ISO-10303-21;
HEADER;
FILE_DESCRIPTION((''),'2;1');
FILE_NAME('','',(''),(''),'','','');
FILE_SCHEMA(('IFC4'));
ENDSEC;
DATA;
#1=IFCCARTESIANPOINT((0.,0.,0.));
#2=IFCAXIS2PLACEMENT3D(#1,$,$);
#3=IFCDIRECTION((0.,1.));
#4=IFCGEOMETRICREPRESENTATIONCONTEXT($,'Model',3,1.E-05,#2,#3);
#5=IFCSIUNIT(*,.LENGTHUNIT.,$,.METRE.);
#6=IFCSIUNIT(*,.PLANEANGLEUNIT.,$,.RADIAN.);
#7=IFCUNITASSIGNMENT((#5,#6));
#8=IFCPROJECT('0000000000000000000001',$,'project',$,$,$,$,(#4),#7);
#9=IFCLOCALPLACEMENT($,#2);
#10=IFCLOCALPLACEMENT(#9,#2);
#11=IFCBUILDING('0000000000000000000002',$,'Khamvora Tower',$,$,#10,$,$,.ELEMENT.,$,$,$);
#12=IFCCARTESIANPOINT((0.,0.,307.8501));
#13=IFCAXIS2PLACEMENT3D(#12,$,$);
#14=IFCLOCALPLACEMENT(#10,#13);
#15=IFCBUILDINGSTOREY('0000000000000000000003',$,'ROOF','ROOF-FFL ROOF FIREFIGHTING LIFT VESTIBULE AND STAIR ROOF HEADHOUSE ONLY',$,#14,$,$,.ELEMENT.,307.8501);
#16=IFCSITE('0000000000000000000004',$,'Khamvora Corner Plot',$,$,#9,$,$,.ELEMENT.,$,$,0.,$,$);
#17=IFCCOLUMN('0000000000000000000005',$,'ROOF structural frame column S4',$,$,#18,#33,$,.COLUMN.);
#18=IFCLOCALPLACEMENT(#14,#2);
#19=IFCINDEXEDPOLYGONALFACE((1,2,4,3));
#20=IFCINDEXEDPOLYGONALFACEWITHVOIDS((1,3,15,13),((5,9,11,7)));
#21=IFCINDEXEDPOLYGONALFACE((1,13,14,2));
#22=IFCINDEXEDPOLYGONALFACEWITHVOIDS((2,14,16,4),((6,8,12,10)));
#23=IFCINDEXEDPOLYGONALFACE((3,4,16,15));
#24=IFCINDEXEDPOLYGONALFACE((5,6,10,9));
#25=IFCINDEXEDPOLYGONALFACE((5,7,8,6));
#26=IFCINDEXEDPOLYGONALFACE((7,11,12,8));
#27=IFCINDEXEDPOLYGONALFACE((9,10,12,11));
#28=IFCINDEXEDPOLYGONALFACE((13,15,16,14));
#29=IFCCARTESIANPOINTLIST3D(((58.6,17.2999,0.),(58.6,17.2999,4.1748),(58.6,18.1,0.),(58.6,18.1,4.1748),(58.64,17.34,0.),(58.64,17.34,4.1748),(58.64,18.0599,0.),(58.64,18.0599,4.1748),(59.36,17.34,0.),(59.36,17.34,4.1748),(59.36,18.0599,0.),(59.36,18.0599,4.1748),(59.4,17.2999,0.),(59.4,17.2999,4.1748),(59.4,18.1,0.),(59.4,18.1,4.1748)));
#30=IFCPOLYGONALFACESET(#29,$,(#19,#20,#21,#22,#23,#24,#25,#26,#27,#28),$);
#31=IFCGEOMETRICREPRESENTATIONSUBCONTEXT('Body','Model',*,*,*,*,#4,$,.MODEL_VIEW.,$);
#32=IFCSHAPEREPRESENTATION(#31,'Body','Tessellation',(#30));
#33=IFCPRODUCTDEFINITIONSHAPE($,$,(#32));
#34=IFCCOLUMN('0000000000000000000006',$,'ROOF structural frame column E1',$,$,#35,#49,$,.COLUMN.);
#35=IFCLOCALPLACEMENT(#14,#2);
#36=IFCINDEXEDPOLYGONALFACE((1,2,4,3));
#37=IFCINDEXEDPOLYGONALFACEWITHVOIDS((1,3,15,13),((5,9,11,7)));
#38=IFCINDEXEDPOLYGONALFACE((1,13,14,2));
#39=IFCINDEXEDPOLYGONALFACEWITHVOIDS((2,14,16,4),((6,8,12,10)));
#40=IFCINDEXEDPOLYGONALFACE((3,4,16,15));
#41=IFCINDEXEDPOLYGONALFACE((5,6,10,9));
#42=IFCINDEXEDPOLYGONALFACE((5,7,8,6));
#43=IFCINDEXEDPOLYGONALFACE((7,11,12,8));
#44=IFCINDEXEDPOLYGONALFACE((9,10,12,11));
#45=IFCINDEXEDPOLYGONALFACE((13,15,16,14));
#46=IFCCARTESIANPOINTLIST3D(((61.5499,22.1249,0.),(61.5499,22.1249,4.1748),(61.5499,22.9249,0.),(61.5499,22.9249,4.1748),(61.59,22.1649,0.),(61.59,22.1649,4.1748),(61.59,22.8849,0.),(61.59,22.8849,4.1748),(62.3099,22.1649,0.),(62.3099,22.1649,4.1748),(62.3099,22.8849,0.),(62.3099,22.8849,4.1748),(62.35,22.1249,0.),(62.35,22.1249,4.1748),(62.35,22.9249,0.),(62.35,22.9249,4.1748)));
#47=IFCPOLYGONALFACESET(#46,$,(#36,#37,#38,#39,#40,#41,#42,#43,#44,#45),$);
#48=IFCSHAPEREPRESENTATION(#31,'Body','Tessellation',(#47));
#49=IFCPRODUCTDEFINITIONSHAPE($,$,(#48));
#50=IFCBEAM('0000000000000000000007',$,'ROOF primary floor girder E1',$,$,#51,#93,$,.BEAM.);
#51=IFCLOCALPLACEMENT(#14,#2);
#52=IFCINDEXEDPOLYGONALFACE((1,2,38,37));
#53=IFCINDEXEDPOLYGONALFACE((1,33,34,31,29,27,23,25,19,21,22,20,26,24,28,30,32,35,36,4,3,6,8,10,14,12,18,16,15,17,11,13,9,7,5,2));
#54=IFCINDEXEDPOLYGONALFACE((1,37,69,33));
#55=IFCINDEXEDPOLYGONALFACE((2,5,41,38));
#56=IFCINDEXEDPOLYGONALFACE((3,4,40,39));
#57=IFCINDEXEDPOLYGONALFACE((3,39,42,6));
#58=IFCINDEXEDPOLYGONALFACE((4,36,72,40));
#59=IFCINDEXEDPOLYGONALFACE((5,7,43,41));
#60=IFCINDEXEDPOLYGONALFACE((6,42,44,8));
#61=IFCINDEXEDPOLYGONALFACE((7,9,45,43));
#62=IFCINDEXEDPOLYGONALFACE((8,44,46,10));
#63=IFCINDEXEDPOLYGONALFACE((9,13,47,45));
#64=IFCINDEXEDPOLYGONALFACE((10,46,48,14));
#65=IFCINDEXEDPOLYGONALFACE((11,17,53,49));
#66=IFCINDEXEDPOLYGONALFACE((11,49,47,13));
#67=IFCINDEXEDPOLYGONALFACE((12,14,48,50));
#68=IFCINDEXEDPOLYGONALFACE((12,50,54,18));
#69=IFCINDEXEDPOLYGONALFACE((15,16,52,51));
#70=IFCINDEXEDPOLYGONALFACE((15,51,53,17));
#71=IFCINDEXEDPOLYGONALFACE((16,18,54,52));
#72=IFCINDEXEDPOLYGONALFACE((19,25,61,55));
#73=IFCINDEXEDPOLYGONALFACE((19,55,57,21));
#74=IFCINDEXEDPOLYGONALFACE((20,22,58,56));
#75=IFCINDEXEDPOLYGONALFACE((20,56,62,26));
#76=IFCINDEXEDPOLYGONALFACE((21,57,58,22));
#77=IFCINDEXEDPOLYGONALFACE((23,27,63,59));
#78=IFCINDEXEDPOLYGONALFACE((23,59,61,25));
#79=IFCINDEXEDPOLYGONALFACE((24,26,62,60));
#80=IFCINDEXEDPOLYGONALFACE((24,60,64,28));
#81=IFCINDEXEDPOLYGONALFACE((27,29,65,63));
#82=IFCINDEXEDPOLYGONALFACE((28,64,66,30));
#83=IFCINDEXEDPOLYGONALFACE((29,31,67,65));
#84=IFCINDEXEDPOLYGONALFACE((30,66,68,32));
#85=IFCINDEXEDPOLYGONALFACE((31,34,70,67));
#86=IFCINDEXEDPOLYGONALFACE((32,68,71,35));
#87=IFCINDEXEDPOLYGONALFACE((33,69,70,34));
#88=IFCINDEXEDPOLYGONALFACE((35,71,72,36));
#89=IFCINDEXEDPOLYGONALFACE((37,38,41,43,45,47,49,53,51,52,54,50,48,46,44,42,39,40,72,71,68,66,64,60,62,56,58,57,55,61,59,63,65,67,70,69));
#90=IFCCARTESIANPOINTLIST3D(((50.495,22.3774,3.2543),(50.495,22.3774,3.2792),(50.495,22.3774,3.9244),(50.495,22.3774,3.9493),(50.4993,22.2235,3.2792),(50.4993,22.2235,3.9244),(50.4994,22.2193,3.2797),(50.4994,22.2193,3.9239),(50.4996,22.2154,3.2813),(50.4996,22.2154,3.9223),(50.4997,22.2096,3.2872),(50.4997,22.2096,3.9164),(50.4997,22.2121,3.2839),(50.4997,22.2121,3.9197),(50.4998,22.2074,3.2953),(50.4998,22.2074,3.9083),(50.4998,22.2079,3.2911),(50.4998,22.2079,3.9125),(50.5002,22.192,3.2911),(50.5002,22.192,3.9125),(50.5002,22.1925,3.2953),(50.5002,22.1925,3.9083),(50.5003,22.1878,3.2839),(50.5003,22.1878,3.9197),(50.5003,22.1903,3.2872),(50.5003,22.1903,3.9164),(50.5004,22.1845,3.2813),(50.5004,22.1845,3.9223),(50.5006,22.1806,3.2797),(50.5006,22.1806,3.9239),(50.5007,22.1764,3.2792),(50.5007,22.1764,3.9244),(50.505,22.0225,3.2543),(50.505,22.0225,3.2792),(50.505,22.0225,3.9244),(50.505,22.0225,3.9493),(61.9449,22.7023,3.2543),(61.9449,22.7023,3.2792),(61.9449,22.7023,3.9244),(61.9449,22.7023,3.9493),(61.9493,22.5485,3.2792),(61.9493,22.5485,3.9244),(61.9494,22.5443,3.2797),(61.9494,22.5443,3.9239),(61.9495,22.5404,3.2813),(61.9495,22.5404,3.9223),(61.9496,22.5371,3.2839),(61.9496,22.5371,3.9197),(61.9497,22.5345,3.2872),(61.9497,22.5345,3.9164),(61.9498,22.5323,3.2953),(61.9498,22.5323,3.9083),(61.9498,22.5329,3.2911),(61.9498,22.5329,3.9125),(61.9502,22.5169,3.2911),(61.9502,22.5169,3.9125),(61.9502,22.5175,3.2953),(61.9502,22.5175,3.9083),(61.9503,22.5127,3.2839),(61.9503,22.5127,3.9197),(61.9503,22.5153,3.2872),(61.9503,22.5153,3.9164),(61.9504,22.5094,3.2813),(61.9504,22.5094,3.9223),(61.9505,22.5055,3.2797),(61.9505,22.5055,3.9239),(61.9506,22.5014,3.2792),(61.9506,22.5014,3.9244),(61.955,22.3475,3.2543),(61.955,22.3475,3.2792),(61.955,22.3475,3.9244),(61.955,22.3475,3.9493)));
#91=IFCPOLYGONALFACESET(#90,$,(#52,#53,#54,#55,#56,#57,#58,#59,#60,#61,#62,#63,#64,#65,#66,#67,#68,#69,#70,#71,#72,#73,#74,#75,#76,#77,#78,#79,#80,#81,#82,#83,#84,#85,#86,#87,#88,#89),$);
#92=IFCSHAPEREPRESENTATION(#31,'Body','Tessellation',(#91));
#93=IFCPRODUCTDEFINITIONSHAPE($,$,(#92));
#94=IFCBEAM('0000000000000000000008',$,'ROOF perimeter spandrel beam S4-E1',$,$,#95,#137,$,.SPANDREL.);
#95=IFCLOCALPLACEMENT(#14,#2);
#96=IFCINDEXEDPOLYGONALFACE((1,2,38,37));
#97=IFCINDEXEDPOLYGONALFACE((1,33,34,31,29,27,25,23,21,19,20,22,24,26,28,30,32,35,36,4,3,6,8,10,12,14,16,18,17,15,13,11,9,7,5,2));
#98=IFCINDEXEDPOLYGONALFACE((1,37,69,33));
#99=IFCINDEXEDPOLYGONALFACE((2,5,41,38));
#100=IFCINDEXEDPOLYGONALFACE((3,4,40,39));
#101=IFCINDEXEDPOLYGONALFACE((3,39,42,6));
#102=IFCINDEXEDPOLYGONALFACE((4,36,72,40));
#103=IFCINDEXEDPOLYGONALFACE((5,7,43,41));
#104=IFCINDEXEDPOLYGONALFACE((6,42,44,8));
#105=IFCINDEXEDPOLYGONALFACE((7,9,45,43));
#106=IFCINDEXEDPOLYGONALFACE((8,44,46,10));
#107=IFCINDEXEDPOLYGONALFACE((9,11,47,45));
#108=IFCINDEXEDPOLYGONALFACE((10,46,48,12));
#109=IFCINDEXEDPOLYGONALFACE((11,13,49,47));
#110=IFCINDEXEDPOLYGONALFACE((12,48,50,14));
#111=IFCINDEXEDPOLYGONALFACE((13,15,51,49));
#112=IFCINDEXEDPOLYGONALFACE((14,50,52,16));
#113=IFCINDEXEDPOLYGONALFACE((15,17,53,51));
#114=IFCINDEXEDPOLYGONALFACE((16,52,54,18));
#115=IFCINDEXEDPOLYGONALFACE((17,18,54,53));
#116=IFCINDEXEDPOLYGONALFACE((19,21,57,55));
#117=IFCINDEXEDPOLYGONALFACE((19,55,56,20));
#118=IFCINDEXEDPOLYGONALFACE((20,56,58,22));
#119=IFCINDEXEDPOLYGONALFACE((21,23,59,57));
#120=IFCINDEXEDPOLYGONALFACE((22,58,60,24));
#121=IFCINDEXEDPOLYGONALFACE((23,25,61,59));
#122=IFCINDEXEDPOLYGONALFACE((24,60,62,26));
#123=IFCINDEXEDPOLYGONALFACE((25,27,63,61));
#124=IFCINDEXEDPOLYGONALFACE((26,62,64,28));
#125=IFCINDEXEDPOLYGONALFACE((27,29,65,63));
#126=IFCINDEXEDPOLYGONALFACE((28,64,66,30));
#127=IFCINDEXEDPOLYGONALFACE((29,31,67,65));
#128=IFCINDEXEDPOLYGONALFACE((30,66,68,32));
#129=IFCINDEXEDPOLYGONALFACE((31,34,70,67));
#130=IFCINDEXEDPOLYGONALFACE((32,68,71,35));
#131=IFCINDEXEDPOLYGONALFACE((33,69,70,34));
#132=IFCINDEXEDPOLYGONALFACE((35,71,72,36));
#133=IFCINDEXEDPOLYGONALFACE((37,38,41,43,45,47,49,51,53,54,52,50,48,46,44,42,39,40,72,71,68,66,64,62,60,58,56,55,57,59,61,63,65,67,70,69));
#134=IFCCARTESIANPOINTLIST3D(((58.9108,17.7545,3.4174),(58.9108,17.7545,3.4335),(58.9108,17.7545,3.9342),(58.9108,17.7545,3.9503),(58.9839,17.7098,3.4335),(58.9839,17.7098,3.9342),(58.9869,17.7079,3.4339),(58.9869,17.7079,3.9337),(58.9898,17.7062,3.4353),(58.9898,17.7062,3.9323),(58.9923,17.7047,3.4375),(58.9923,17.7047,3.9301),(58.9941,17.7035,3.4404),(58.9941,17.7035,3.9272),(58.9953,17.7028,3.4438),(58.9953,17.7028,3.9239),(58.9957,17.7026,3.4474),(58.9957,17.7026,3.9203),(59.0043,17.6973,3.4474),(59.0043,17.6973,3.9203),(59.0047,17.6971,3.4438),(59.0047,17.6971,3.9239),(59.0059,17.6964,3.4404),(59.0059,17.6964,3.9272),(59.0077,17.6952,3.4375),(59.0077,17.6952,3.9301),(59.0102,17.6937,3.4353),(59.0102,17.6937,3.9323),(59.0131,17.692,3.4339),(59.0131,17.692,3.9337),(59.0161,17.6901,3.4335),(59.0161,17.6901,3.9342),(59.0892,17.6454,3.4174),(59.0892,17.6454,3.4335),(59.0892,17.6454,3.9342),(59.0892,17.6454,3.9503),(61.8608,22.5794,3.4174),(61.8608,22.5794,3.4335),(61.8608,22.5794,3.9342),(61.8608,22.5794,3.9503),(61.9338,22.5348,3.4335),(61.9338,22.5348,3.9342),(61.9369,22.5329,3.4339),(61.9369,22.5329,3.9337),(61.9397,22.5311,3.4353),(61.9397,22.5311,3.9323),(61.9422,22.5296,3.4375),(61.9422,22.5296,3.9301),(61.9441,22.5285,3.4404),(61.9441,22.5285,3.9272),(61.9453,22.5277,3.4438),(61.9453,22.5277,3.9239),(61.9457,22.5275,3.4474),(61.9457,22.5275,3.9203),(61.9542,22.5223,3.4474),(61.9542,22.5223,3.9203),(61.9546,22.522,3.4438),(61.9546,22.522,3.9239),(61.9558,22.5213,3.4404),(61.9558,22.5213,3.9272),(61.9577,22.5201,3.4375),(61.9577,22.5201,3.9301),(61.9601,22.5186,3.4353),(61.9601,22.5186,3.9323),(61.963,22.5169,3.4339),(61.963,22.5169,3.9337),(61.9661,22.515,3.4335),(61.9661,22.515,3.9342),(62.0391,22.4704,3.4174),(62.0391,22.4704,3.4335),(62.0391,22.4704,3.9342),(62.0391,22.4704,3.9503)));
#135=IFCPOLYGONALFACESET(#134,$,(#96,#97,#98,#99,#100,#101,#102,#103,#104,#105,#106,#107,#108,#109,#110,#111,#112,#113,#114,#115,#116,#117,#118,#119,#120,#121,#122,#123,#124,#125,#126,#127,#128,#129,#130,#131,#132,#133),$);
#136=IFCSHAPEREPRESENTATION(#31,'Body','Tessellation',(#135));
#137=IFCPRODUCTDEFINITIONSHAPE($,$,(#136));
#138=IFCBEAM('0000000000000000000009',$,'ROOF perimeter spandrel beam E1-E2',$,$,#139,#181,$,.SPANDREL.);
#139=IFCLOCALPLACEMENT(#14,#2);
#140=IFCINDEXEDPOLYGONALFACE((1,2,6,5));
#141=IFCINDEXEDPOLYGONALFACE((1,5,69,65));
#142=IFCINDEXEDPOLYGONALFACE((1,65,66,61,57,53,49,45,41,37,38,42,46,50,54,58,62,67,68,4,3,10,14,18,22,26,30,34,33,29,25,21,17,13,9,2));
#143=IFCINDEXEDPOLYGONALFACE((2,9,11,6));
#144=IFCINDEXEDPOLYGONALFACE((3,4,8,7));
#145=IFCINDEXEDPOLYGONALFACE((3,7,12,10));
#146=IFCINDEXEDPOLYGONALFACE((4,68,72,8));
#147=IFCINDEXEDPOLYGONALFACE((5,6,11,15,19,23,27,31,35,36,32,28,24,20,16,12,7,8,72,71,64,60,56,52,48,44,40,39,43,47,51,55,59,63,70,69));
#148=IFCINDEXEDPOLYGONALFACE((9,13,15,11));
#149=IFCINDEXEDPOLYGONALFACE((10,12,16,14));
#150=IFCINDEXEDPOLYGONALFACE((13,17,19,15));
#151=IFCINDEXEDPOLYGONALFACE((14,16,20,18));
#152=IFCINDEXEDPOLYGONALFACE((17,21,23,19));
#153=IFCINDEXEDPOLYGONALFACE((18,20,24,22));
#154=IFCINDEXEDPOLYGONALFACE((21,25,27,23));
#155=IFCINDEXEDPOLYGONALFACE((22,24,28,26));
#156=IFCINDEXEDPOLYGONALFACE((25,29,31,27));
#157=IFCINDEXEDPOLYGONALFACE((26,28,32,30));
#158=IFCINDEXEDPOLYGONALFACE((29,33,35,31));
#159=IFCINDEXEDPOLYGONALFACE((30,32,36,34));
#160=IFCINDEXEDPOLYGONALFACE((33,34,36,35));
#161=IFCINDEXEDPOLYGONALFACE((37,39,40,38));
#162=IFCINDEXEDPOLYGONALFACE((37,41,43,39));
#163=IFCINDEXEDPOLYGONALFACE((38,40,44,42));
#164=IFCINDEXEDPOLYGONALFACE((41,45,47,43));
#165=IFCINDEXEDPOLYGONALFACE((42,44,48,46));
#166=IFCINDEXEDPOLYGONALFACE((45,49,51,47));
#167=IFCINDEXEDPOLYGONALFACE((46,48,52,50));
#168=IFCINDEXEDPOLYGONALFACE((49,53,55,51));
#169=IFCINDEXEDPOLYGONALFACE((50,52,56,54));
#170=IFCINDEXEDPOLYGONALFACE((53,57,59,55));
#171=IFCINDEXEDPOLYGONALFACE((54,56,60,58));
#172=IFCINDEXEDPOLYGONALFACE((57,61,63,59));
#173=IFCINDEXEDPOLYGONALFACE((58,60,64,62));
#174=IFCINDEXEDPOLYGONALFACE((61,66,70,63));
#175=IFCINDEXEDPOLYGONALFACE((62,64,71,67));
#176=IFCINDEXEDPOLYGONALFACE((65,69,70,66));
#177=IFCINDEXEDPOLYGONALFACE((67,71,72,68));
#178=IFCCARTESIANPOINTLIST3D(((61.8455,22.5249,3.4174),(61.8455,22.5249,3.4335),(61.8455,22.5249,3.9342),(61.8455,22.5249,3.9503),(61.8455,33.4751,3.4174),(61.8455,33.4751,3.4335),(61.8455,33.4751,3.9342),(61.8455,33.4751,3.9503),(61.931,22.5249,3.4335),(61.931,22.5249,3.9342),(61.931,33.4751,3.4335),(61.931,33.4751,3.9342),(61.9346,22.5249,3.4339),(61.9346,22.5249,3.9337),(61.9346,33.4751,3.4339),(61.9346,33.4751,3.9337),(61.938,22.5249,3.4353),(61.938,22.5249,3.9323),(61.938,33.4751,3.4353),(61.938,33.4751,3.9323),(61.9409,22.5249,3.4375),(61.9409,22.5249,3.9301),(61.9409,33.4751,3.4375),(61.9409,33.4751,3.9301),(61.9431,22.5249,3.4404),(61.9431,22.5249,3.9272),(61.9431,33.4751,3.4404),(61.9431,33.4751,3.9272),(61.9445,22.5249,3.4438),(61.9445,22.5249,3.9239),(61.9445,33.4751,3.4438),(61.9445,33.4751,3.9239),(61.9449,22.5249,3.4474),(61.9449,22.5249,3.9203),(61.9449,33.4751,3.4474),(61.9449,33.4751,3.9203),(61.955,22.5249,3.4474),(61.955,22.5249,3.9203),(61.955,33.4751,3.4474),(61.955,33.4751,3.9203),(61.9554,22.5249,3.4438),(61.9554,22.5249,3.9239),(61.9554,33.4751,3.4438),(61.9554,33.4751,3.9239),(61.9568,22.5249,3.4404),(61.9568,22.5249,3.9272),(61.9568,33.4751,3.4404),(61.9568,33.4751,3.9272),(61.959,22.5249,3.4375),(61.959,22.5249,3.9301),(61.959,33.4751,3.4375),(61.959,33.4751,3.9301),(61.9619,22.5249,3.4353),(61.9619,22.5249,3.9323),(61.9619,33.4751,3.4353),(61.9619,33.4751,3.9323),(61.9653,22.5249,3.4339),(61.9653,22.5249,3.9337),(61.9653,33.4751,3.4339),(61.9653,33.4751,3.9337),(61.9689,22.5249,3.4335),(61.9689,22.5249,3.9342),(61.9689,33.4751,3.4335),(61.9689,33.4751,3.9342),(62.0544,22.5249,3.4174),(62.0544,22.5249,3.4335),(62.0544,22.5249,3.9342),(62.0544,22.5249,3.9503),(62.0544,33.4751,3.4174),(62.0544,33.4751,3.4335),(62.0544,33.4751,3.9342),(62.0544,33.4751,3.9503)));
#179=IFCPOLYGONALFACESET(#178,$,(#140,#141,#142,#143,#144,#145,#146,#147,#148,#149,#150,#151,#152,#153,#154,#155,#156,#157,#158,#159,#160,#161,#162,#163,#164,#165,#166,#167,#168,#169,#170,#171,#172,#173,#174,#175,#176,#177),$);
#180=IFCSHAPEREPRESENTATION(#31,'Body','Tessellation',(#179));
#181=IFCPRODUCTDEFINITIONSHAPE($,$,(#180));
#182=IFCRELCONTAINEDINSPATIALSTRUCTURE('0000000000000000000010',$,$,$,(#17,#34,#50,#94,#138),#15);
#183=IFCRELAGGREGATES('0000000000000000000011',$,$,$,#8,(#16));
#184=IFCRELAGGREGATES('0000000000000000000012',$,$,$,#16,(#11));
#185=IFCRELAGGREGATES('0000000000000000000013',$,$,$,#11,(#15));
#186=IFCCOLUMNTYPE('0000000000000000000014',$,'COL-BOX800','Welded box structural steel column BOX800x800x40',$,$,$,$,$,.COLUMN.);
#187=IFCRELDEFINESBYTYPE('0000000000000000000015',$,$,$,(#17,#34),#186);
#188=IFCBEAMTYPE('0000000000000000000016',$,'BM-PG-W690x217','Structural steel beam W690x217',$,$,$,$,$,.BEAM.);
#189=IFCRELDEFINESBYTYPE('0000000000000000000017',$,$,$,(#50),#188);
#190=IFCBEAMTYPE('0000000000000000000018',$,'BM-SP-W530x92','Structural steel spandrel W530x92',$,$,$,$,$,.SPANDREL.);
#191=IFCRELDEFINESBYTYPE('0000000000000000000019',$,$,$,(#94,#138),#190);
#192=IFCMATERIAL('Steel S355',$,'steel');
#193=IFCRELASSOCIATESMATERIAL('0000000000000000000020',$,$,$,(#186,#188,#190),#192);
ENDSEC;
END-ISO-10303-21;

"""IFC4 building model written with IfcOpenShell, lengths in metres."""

from ifc_helpers import new_model, si_unit, direction, frame, origin, origin_2d, place, context, subcontext, project, spatial, hollow_rectangle, i_section, extrude, material, material_profile, profile_set, type_object, element, save


model = new_model("IFC4")

# Units and contexts
model_context = context("Model", 3, precision=1e-05, world=origin(), true_north=direction((0.0, 1.0)))
body_context = subcontext(model_context, "Body", "Model", "MODEL_VIEW")
ifc_project = project(units=[si_unit("LENGTHUNIT", "METRE"), si_unit("PLANEANGLEUNIT", "RADIAN")], contexts=[model_context])

# Site, building, storey
site_placement = place(None, origin())
site = spatial("IfcSite", under=ifc_project, at=site_placement, Name="Khamvora Corner Plot", CompositionType="ELEMENT", RefElevation=0.0)
building_placement = place(site_placement, origin())
building = spatial("IfcBuilding", under=site, at=building_placement, Name="Khamvora Tower", CompositionType="ELEMENT")
storey_placement = place(building_placement, frame((0.0, 0.0, 307.8501)))
storey = spatial("IfcBuildingStorey", under=building, at=storey_placement, Name="ROOF", Description="ROOF-FFL ROOF FIREFIGHTING LIFT VESTIBULE AND STAIR ROOF HEADHOUSE ONLY", CompositionType="ELEMENT", Elevation=307.8501)

# Columns
ifc_material_1 = material(Name="Steel S355", Category="steel")
ifc_material_profile_1 = material_profile(ifc_material_1, hollow_rectangle(XDim=0.8, YDim=0.8, WallThickness=0.04, at=origin_2d()), Name="BOX800x800x40")
ifc_profile_set_1 = profile_set([ifc_material_profile_1], Name="Steel S355")
column_type = type_object("IfcColumnType", Name="COL-BOX800", Description="Welded box structural steel column BOX800x800x40", PredefinedType="COLUMN", material=ifc_profile_set_1)
for number, where, z_axis, x_axis, name in (
    (1, (59.0, 17.7, 0.0), (0.0, 0.0, 1.0), (1.0, 0.0, 0.0), "ROOF structural frame column S4"),
    (2, (61.95, 22.5249, 0.0), (0.0, 0.0, 1.0), (1.0, 0.0, 0.0), "ROOF structural frame column E1"),
):
    element("IfcColumn", number, at=place(storey_placement, frame(where, z_axis=z_axis, x_axis=x_axis)), inside=storey, type_object=column_type, Name=name, PredefinedType="COLUMN", context=body_context, shape_type="SweptSolid", body=[
        extrude(hollow_rectangle(XDim=0.8, YDim=0.8, WallThickness=0.04, at=origin_2d()), origin(), (0.0, 0.0, 1.0), 4.1748),
    ])

# Beams
ifc_material_profile_2 = material_profile(ifc_material_1, i_section(OverallWidth=0.355, OverallDepth=0.6951, WebThickness=0.0149, FlangeThickness=0.0249, FilletRadius=0.0161, at=origin_2d()), Name="W690x217")
ifc_profile_set_2 = profile_set([ifc_material_profile_2], Name="Steel S355")
beam_type_1 = type_object("IfcBeamType", Name="BM-PG-W690x217", Description="Structural steel beam W690x217", PredefinedType="BEAM", material=ifc_profile_set_2)
beam_1_placement = place(storey_placement, frame((50.5, 22.2, 3.6018), z_axis=(0.999598, 0.028369, 0.0), x_axis=(-0.028369, 0.999598, 0.0)))
element("IfcBeam", 3, at=beam_1_placement, inside=storey, type_object=beam_type_1, Name="ROOF primary floor girder E1", PredefinedType="BEAM", context=body_context, shape_type="SweptSolid", body=[
    extrude(i_section(OverallWidth=0.355, OverallDepth=0.6951, WebThickness=0.0149, FlangeThickness=0.0249, FilletRadius=0.0161, at=origin_2d()), origin(), (0.0, 0.0, 1.0), 11.4546),
])
ifc_material_profile_3 = material_profile(ifc_material_1, i_section(OverallWidth=0.209, OverallDepth=0.533, WebThickness=0.01, FlangeThickness=0.0161, FilletRadius=0.0139, at=origin_2d()), Name="W530x92")
ifc_profile_set_3 = profile_set([ifc_material_profile_3], Name="Steel S355")
beam_type_2 = type_object("IfcBeamType", Name="BM-SP-W530x92", Description="Structural steel spandrel W530x92", PredefinedType="SPANDREL", material=ifc_profile_set_3)
beam_2_placement = place(storey_placement, frame((59.0, 17.7, 3.6838), z_axis=(0.521626, 0.853174, 0.0), x_axis=(-0.853174, 0.521626, 0.0)))
element("IfcBeam", 4, at=beam_2_placement, inside=storey, type_object=beam_type_2, Name="ROOF perimeter spandrel beam S4-E1", PredefinedType="SPANDREL", context=body_context, shape_type="SweptSolid", body=[
    extrude(i_section(OverallWidth=0.209, OverallDepth=0.533, WebThickness=0.01, FlangeThickness=0.0161, FilletRadius=0.0139, at=origin_2d()), origin(), (0.0, 0.0, 1.0), 5.6553),
])
beam_3_placement = place(storey_placement, frame((61.95, 22.5249, 3.6838), z_axis=(0.0, 1.0, 0.0), x_axis=(-1.0, 0.0, 0.0)))
element("IfcBeam", 5, at=beam_3_placement, inside=storey, type_object=beam_type_2, Name="ROOF perimeter spandrel beam E1-E2", PredefinedType="SPANDREL", context=body_context, shape_type="SweptSolid", body=[
    extrude(i_section(OverallWidth=0.209, OverallDepth=0.533, WebThickness=0.01, FlangeThickness=0.0161, FilletRadius=0.0139, at=origin_2d()), origin(), (0.0, 0.0, 1.0), 10.9502),
])

save(model, "model.ifc")
